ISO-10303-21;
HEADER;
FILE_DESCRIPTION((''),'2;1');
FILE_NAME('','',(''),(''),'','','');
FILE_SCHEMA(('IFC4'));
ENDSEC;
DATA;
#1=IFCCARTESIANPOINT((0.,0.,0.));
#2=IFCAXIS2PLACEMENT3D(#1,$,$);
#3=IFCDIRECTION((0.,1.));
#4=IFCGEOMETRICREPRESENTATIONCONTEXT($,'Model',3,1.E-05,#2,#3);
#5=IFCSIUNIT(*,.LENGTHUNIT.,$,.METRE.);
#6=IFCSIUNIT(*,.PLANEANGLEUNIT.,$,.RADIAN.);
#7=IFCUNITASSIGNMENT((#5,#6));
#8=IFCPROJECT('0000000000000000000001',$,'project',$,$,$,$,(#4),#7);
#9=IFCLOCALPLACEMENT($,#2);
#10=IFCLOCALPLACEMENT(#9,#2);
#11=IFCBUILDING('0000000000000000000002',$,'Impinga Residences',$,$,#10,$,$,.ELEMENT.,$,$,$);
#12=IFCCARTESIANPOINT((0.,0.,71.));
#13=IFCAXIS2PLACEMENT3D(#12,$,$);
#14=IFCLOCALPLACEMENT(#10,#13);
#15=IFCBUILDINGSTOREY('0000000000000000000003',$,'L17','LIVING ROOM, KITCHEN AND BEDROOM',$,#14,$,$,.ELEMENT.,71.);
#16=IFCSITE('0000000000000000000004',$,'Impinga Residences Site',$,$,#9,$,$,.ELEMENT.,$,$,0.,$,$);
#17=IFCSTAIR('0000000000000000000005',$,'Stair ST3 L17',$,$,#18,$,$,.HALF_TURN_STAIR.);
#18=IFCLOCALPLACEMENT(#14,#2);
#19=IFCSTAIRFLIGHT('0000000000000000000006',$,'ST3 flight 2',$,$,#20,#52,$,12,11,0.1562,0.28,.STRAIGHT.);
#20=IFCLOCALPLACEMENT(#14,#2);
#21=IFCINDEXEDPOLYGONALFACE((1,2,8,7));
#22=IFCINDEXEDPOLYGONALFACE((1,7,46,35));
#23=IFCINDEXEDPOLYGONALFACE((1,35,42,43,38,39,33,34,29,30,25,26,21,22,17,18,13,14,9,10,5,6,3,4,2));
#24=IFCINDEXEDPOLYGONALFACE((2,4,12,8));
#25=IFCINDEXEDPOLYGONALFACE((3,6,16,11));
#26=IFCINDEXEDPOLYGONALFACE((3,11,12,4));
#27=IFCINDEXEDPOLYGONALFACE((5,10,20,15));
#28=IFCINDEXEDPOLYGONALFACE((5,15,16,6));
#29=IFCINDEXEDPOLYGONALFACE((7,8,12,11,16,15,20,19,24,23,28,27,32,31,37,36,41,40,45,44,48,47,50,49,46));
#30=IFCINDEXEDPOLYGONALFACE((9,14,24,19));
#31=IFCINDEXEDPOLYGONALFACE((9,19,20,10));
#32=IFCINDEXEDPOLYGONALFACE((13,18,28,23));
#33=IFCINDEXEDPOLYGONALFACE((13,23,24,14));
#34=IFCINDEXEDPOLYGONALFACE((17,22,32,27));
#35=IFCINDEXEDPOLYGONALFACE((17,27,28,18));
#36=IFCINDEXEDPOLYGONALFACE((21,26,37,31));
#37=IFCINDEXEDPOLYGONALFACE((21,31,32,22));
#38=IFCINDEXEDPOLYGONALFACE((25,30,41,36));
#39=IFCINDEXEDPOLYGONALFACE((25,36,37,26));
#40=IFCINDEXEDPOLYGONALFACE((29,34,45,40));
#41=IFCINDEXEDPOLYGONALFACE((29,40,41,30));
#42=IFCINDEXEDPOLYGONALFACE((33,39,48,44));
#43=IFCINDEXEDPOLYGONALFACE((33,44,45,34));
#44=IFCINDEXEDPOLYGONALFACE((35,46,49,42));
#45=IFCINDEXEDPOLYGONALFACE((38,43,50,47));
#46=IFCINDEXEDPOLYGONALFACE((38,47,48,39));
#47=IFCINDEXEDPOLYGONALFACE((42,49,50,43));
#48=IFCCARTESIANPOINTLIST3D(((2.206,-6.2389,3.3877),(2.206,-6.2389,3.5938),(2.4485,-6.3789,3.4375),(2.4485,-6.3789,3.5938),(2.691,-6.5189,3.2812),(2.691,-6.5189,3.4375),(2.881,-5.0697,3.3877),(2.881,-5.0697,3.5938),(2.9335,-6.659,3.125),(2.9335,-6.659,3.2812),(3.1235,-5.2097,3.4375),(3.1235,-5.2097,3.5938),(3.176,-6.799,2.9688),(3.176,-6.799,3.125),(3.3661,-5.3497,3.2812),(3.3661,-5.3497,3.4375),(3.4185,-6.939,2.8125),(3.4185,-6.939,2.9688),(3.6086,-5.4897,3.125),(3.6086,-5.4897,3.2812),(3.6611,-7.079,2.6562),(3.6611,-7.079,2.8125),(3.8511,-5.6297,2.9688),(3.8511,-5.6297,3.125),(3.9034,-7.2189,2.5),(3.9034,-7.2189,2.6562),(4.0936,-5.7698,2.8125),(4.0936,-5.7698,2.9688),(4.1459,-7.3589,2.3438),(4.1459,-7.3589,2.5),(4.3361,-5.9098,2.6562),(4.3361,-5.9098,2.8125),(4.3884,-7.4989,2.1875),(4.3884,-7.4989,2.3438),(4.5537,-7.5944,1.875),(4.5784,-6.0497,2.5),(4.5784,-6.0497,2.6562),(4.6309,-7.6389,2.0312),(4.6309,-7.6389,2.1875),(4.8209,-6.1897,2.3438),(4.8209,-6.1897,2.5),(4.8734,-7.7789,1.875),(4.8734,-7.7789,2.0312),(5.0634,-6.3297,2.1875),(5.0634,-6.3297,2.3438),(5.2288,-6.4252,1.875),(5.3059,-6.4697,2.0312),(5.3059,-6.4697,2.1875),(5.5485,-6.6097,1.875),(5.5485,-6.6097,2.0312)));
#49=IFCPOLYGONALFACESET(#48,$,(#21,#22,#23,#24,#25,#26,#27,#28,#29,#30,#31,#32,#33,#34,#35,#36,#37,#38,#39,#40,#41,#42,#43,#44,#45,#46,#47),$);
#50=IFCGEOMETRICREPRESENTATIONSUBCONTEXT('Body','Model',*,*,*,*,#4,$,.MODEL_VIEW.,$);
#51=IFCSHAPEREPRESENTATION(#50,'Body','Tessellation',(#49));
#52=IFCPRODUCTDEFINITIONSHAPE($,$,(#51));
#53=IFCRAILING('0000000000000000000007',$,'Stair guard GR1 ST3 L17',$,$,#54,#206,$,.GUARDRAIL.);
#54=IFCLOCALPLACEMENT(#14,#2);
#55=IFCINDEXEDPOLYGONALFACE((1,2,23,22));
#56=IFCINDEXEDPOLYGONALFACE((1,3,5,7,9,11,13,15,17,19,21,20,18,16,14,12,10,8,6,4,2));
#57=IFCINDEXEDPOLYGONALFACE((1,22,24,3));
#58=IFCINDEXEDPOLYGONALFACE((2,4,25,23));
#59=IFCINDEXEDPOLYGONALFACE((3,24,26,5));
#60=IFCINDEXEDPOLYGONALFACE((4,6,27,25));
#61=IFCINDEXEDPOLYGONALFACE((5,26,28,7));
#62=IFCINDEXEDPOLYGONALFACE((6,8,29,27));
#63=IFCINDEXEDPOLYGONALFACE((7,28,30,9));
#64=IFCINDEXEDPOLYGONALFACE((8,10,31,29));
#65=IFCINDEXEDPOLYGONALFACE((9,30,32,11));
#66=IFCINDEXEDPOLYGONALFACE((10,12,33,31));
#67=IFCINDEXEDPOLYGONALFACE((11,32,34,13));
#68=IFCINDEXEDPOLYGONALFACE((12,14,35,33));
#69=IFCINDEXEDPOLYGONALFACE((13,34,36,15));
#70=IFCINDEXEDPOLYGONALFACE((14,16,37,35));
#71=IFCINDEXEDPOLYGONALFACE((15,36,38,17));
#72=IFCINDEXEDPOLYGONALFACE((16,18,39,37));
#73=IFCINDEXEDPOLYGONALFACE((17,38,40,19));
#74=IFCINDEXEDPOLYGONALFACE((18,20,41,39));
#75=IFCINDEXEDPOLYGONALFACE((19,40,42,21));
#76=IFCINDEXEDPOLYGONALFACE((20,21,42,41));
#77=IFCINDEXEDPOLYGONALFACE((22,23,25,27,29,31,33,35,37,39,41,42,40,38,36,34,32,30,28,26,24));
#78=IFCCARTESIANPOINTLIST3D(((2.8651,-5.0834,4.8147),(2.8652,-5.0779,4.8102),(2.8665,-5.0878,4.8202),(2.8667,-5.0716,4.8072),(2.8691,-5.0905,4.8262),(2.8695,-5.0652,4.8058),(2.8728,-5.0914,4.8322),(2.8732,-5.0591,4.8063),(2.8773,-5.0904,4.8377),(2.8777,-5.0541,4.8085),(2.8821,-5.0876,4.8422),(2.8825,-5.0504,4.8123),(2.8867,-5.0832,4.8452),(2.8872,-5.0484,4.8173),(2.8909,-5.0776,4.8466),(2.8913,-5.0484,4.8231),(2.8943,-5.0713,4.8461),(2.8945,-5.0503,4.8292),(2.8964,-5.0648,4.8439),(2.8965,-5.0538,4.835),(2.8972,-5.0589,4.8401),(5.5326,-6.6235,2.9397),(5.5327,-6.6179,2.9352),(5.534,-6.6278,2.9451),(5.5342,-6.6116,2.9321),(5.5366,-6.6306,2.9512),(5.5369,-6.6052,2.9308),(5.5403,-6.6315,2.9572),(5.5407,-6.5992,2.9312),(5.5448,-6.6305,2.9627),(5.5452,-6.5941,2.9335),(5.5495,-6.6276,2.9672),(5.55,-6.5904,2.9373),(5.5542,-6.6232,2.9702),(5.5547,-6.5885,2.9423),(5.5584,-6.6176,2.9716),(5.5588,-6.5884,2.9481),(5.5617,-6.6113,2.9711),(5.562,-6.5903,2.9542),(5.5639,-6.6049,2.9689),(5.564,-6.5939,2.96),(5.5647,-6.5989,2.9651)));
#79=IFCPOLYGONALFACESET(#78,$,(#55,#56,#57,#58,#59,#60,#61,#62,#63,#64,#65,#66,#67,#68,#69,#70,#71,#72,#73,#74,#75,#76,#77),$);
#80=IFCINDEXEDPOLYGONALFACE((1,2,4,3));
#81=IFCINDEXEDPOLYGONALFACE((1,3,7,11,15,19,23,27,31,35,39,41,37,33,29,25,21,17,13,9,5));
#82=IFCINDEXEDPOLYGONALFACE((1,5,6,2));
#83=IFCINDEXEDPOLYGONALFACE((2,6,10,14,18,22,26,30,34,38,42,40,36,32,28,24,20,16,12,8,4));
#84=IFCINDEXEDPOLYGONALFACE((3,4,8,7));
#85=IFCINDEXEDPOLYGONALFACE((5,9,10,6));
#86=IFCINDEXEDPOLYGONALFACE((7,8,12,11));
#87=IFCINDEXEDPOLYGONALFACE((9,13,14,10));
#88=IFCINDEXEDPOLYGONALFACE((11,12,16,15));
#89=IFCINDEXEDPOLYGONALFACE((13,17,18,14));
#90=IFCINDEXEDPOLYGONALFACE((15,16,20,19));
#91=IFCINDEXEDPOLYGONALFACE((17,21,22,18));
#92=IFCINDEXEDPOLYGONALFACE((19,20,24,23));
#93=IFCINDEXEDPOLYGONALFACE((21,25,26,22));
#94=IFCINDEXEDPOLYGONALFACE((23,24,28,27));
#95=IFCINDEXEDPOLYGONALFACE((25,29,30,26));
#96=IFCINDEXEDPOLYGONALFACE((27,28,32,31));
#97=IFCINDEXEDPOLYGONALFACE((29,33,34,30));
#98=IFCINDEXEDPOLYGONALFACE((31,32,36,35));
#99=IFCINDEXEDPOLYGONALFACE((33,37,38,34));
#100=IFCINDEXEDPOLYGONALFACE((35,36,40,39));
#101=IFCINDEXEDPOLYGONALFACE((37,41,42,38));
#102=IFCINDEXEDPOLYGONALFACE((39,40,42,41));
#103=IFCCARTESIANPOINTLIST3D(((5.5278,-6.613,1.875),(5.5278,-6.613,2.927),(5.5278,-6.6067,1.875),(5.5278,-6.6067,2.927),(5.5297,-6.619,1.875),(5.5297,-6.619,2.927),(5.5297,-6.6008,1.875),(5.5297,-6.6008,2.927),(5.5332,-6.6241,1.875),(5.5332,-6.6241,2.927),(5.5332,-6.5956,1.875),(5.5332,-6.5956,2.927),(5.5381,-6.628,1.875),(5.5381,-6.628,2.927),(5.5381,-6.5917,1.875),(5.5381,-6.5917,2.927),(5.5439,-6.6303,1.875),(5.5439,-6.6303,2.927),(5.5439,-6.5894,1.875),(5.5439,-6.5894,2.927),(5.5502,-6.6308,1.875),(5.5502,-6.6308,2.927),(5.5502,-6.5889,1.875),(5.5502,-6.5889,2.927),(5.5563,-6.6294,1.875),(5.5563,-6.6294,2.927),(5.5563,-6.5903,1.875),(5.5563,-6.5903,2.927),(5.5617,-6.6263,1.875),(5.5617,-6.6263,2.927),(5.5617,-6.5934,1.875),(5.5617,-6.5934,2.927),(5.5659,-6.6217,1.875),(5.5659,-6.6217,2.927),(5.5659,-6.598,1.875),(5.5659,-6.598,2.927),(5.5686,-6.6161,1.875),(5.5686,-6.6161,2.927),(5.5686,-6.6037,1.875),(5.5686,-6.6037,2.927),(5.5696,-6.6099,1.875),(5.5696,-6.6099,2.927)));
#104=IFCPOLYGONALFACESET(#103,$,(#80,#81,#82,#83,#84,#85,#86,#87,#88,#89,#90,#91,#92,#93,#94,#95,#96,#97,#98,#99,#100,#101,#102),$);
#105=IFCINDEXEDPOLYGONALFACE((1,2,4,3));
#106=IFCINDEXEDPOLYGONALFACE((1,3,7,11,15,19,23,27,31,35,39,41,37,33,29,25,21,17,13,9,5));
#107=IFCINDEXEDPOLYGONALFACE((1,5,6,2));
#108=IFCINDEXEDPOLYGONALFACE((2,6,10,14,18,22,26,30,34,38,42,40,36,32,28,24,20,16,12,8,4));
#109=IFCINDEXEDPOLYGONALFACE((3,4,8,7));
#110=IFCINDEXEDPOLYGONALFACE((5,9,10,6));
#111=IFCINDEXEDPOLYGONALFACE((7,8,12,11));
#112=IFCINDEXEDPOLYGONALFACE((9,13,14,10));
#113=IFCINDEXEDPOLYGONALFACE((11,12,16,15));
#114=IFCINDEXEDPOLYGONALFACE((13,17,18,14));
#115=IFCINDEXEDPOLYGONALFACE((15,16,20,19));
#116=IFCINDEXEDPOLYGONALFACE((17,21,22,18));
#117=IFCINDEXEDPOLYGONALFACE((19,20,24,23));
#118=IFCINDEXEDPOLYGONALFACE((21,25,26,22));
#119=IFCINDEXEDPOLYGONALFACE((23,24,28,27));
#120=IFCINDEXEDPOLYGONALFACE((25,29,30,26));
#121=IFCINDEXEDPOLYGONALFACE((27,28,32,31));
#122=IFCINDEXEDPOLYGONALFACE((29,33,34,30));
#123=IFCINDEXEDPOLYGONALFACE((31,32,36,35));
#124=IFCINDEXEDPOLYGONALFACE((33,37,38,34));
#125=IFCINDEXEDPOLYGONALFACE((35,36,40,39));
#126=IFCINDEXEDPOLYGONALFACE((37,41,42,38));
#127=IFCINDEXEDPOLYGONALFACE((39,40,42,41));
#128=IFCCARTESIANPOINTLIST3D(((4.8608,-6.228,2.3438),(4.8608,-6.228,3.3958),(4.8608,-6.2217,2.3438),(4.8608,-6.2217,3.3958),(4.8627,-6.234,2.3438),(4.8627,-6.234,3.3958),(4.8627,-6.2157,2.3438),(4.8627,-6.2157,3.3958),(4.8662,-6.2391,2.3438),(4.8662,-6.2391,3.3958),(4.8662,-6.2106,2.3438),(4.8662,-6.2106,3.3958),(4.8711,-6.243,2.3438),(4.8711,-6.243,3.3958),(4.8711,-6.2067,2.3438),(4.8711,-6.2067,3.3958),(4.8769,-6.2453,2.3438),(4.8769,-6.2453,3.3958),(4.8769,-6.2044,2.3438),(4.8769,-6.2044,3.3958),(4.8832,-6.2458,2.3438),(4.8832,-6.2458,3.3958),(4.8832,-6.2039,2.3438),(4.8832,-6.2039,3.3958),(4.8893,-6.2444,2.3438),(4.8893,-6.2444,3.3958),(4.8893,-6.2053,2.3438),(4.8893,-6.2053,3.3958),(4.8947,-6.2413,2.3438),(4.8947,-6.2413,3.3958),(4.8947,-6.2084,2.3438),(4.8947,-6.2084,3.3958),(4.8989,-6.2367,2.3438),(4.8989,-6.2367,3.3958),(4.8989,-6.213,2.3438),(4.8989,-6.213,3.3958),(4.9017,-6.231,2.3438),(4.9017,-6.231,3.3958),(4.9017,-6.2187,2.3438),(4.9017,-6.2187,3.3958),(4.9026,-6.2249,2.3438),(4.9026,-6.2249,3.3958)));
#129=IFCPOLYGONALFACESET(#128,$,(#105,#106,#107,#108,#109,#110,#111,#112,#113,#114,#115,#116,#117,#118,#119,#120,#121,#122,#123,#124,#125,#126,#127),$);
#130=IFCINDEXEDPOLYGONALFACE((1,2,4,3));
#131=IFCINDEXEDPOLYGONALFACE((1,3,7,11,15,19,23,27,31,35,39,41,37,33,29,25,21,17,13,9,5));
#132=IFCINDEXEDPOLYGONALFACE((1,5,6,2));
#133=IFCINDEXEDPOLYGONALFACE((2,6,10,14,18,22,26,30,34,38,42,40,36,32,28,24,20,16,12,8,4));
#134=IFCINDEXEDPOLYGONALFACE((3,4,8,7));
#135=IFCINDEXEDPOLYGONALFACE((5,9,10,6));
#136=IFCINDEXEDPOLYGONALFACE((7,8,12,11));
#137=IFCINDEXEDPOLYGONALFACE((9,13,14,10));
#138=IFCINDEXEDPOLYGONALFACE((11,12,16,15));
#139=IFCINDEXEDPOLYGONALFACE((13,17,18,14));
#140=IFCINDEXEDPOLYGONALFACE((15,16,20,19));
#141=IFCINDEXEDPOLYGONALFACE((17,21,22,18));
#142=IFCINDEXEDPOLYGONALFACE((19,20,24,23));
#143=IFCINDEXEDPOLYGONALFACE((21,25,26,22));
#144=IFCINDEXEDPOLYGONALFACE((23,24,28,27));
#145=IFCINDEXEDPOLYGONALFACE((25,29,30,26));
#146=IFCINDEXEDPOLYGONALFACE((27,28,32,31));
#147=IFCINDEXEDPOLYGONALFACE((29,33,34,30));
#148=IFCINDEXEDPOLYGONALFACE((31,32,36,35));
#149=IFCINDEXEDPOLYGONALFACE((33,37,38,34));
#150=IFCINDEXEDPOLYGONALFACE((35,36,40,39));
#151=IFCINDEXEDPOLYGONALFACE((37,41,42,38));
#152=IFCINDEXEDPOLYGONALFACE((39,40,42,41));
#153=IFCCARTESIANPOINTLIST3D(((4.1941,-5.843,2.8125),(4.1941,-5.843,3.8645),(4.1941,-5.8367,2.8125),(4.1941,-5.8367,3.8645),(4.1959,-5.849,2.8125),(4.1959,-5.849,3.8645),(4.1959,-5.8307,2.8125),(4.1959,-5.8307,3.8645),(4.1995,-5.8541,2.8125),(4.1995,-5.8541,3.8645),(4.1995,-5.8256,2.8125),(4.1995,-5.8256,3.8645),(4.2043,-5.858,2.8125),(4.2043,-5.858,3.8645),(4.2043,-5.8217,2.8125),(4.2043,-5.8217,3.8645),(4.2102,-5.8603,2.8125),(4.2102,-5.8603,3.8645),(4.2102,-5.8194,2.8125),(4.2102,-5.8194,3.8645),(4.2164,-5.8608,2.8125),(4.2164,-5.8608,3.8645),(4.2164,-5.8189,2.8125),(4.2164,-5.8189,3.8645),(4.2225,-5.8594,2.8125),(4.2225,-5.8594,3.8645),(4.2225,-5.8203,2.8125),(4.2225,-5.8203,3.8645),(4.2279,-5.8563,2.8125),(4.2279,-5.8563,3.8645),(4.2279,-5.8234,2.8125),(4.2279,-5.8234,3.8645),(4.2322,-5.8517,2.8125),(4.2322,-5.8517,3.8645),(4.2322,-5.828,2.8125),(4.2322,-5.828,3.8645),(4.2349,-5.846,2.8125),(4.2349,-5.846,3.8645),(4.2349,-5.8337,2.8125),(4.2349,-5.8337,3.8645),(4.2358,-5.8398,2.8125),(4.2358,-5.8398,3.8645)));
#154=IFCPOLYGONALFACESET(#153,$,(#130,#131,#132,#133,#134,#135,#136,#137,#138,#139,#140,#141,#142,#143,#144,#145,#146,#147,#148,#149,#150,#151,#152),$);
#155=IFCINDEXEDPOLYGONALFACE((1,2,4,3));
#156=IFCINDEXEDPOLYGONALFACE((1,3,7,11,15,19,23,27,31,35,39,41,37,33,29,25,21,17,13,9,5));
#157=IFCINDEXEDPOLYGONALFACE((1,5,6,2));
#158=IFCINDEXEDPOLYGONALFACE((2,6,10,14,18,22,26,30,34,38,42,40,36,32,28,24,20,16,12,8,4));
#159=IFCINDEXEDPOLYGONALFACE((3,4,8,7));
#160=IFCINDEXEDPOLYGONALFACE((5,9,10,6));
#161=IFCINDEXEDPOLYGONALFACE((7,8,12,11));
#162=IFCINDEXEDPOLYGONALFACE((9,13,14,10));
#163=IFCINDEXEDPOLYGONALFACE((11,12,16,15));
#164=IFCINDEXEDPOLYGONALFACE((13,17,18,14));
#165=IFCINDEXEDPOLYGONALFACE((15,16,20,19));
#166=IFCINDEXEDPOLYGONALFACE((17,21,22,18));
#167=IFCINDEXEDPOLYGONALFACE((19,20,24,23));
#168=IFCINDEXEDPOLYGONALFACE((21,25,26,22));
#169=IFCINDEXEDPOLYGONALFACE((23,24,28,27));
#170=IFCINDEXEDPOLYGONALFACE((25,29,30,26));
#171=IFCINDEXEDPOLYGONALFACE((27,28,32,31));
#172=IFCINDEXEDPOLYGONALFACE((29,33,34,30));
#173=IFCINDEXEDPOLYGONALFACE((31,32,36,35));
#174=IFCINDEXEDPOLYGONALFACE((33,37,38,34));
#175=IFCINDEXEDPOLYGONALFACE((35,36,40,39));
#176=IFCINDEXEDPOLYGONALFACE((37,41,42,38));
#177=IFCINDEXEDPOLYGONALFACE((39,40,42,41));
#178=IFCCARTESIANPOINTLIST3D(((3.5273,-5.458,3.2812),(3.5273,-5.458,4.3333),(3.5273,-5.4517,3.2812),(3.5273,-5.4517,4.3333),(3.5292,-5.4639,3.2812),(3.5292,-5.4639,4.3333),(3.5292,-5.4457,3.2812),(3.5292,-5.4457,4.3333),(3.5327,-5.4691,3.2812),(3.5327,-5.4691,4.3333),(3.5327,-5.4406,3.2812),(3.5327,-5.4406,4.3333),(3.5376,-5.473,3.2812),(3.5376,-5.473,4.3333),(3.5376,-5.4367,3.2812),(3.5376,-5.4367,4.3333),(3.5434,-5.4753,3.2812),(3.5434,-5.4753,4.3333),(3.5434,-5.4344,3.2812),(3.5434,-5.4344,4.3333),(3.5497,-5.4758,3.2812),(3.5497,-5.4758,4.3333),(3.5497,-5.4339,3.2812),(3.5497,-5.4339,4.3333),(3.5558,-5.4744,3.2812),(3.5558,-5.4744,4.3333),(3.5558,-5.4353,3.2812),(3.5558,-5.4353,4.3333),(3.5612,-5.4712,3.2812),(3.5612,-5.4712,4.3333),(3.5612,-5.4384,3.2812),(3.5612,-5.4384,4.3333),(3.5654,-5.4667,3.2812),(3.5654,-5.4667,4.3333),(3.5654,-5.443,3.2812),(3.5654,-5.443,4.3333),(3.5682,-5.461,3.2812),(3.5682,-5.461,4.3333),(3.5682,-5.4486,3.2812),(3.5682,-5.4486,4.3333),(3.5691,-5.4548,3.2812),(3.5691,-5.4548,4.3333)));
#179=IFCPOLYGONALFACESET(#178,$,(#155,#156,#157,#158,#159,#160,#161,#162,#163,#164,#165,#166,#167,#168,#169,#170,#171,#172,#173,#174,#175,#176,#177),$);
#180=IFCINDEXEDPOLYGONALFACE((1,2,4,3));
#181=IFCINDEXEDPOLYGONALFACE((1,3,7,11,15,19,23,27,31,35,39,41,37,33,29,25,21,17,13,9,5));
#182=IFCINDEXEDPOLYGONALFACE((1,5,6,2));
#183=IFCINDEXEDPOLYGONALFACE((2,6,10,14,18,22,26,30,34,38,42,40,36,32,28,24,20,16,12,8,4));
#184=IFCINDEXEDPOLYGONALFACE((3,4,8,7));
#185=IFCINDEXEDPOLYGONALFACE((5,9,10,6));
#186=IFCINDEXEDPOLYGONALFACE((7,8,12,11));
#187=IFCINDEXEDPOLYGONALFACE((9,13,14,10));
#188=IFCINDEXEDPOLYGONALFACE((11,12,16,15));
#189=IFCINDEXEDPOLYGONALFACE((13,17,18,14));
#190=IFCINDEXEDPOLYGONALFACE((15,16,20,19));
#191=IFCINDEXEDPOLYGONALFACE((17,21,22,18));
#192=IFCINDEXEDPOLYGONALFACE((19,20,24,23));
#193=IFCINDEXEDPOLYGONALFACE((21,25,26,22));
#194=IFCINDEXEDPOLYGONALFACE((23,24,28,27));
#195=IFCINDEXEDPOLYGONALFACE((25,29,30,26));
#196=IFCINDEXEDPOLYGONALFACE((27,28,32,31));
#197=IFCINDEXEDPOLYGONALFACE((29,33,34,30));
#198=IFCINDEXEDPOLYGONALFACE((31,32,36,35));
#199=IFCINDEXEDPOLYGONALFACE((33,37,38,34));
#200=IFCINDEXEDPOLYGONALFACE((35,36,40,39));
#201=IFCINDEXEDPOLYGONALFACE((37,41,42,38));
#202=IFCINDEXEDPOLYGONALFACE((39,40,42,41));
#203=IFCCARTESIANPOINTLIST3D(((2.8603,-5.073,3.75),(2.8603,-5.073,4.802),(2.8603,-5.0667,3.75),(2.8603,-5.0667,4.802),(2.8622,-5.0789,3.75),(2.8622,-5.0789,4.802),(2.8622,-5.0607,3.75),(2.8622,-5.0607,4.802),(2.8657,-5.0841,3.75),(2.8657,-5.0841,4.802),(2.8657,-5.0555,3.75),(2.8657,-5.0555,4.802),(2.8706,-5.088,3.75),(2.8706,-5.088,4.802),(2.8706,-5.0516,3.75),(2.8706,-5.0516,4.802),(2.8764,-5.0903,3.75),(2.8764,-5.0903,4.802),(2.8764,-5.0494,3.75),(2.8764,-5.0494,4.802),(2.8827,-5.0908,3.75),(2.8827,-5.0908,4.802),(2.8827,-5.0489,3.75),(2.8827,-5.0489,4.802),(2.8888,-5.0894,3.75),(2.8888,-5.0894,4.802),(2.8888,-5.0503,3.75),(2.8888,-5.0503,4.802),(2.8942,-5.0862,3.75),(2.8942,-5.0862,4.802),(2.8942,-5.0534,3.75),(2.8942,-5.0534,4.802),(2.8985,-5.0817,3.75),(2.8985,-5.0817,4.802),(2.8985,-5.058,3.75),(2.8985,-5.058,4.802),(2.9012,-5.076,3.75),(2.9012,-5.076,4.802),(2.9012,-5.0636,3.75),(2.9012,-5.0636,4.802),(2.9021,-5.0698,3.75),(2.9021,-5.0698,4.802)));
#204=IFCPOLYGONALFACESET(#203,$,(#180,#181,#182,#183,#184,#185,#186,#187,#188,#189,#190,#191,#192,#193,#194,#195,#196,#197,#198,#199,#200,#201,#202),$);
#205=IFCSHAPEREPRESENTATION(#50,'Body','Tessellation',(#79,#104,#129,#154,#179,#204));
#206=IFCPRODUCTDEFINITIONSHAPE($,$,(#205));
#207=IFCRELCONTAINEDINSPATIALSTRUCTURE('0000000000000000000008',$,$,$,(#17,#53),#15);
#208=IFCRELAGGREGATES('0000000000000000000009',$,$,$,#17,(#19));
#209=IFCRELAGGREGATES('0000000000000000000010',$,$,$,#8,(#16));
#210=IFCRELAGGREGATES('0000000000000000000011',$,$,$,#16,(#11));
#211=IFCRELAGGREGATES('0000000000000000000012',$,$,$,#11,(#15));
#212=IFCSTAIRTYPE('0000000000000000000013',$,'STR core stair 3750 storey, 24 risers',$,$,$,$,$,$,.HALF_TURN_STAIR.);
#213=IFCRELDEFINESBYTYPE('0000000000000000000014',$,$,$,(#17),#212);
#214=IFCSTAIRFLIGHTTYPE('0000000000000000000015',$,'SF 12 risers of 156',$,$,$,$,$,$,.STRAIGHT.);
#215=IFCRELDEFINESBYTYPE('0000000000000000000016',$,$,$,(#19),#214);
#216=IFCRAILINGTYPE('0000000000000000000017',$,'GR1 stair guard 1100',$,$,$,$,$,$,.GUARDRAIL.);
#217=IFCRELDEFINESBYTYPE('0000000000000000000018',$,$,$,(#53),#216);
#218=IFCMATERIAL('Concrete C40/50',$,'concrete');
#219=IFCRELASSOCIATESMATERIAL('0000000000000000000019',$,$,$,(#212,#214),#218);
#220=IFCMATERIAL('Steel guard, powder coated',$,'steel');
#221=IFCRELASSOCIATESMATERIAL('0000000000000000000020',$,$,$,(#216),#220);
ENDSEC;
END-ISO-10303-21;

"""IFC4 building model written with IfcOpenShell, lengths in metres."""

from ifc_helpers import new_model, si_unit, direction, frame, origin, origin_2d, place, context, subcontext, project, spatial, polyline, circle, outline, extrude, material, type_object, element, aggregate, save


model = new_model("IFC4")

# Units and contexts
model_context = context("Model", 3, precision=1e-05, world=origin(), true_north=direction((0.0, 1.0)))
body_context = subcontext(model_context, "Body", "Model", "MODEL_VIEW")
ifc_project = project(units=[si_unit("LENGTHUNIT", "METRE"), si_unit("PLANEANGLEUNIT", "RADIAN")], contexts=[model_context])

# Site, building, storey
site_placement = place(None, origin())
site = spatial("IfcSite", under=ifc_project, at=site_placement, Name="Impinga Residences Site", CompositionType="ELEMENT", RefElevation=0.0)
building_placement = place(site_placement, origin())
building = spatial("IfcBuilding", under=site, at=building_placement, Name="Impinga Residences", CompositionType="ELEMENT")
storey_placement = place(building_placement, frame((0.0, 0.0, 71.0)))
storey = spatial("IfcBuildingStorey", under=building, at=storey_placement, Name="L17", Description="LIVING ROOM, KITCHEN AND BEDROOM", CompositionType="ELEMENT", Elevation=71.0)

# Stair, stair flight
ifc_material_1 = material(Name="Concrete C40/50", Category="concrete")
stair_type = type_object("IfcStairType", Name="STR core stair 3750 storey, 24 risers", PredefinedType="HALF_TURN_STAIR", material=ifc_material_1)
stair_placement = place(storey_placement, origin())
stair = element("IfcStair", 1, at=stair_placement, inside=storey, type_object=stair_type, Name="Stair ST3 L17", PredefinedType="HALF_TURN_STAIR")
stair_flight_type = type_object("IfcStairFlightType", Name="SF 12 risers of 156", PredefinedType="STRAIGHT", material=ifc_material_1)
stair_flight_placement = place(storey_placement, frame((5.2109, -7.1943, 1.875), z_axis=(0.0, 0.0, 1.0), x_axis=(-0.866025, 0.5, 0.0)))
stair_flight = element("IfcStairFlight", 2, at=stair_flight_placement, type_object=stair_flight_type, Name="ST3 flight 2", NumberOfRisers=12, NumberOfTreads=11, PredefinedType="STRAIGHT", RiserHeight=0.1562, TreadLength=0.28, context=body_context, shape_type="SweptSolid", body=[
    extrude(outline(polyline([(0.0, 0.0), (0.0, 0.1562), (0.28, 0.1562), (0.28, 0.3125), (0.5601, 0.3125), (0.5601, 0.4688), (0.8401, 0.4688), (0.8401, 0.625), (1.1201, 0.625), (1.1201, 0.7812), (1.3999, 0.7812), (1.3999, 0.9375), (1.6799, 0.9375), (1.6799, 1.0938), (1.96, 1.0938), (1.96, 1.25), (2.24, 1.25), (2.24, 1.4062), (2.52, 1.4062), (2.52, 1.5625), (2.8, 1.5625), (2.8, 1.7188), (3.0801, 1.7188), (3.0801, 1.875), (3.0801, 1.5127), (0.3691, 0.0), (0.0, 0.0)])), frame((0.0, 0.675, 0.0), z_axis=(0.0, -1.0, 0.0), x_axis=(1.0, 0.0, 0.0)), (0.0, 0.0, 1.0), 1.3501),
])
aggregate(stair, [stair_flight])

# Railing
ifc_material_2 = material(Name="Steel guard, powder coated", Category="steel")
railing_type_1 = type_object("IfcRailingType", Name="GR1 stair guard 1100", PredefinedType="GUARDRAIL", material=ifc_material_2)
railing_1_placement = place(storey_placement, frame((5.5486, -6.6099, 1.875)))
element("IfcRailing", 3, at=railing_1_placement, inside=storey, type_object=railing_type_1, Name="Stair guard GR1 ST3 L17", PredefinedType="GUARDRAIL", context=body_context, shape_type="SweptSolid", body=[
    extrude(circle(Radius=0.0239, at=origin_2d()), frame((0.0, 0.0, 1.0762), z_axis=(-0.739746, 0.427084, 0.519975), x_axis=(-0.499992, -0.86603, 0.0)), (0.0, 0.0, 1.0), 3.606),
    extrude(circle(Radius=0.021, at=origin_2d()), origin(), (0.0, 0.0, 1.0), 1.052),
    extrude(circle(Radius=0.021, at=origin_2d()), frame((-0.667, 0.385, 0.4688)), (0.0, 0.0, 1.0), 1.052),
    extrude(circle(Radius=0.021, at=origin_2d()), frame((-1.3337, 0.77, 0.9375)), (0.0, 0.0, 1.0), 1.052),
    extrude(circle(Radius=0.021, at=origin_2d()), frame((-2.0005, 1.155, 1.4062)), (0.0, 0.0, 1.0), 1.052),
    extrude(circle(Radius=0.021, at=origin_2d()), frame((-2.6675, 1.54, 1.875)), (0.0, 0.0, 1.0), 1.052),
])

save(model, "model.ifc")
